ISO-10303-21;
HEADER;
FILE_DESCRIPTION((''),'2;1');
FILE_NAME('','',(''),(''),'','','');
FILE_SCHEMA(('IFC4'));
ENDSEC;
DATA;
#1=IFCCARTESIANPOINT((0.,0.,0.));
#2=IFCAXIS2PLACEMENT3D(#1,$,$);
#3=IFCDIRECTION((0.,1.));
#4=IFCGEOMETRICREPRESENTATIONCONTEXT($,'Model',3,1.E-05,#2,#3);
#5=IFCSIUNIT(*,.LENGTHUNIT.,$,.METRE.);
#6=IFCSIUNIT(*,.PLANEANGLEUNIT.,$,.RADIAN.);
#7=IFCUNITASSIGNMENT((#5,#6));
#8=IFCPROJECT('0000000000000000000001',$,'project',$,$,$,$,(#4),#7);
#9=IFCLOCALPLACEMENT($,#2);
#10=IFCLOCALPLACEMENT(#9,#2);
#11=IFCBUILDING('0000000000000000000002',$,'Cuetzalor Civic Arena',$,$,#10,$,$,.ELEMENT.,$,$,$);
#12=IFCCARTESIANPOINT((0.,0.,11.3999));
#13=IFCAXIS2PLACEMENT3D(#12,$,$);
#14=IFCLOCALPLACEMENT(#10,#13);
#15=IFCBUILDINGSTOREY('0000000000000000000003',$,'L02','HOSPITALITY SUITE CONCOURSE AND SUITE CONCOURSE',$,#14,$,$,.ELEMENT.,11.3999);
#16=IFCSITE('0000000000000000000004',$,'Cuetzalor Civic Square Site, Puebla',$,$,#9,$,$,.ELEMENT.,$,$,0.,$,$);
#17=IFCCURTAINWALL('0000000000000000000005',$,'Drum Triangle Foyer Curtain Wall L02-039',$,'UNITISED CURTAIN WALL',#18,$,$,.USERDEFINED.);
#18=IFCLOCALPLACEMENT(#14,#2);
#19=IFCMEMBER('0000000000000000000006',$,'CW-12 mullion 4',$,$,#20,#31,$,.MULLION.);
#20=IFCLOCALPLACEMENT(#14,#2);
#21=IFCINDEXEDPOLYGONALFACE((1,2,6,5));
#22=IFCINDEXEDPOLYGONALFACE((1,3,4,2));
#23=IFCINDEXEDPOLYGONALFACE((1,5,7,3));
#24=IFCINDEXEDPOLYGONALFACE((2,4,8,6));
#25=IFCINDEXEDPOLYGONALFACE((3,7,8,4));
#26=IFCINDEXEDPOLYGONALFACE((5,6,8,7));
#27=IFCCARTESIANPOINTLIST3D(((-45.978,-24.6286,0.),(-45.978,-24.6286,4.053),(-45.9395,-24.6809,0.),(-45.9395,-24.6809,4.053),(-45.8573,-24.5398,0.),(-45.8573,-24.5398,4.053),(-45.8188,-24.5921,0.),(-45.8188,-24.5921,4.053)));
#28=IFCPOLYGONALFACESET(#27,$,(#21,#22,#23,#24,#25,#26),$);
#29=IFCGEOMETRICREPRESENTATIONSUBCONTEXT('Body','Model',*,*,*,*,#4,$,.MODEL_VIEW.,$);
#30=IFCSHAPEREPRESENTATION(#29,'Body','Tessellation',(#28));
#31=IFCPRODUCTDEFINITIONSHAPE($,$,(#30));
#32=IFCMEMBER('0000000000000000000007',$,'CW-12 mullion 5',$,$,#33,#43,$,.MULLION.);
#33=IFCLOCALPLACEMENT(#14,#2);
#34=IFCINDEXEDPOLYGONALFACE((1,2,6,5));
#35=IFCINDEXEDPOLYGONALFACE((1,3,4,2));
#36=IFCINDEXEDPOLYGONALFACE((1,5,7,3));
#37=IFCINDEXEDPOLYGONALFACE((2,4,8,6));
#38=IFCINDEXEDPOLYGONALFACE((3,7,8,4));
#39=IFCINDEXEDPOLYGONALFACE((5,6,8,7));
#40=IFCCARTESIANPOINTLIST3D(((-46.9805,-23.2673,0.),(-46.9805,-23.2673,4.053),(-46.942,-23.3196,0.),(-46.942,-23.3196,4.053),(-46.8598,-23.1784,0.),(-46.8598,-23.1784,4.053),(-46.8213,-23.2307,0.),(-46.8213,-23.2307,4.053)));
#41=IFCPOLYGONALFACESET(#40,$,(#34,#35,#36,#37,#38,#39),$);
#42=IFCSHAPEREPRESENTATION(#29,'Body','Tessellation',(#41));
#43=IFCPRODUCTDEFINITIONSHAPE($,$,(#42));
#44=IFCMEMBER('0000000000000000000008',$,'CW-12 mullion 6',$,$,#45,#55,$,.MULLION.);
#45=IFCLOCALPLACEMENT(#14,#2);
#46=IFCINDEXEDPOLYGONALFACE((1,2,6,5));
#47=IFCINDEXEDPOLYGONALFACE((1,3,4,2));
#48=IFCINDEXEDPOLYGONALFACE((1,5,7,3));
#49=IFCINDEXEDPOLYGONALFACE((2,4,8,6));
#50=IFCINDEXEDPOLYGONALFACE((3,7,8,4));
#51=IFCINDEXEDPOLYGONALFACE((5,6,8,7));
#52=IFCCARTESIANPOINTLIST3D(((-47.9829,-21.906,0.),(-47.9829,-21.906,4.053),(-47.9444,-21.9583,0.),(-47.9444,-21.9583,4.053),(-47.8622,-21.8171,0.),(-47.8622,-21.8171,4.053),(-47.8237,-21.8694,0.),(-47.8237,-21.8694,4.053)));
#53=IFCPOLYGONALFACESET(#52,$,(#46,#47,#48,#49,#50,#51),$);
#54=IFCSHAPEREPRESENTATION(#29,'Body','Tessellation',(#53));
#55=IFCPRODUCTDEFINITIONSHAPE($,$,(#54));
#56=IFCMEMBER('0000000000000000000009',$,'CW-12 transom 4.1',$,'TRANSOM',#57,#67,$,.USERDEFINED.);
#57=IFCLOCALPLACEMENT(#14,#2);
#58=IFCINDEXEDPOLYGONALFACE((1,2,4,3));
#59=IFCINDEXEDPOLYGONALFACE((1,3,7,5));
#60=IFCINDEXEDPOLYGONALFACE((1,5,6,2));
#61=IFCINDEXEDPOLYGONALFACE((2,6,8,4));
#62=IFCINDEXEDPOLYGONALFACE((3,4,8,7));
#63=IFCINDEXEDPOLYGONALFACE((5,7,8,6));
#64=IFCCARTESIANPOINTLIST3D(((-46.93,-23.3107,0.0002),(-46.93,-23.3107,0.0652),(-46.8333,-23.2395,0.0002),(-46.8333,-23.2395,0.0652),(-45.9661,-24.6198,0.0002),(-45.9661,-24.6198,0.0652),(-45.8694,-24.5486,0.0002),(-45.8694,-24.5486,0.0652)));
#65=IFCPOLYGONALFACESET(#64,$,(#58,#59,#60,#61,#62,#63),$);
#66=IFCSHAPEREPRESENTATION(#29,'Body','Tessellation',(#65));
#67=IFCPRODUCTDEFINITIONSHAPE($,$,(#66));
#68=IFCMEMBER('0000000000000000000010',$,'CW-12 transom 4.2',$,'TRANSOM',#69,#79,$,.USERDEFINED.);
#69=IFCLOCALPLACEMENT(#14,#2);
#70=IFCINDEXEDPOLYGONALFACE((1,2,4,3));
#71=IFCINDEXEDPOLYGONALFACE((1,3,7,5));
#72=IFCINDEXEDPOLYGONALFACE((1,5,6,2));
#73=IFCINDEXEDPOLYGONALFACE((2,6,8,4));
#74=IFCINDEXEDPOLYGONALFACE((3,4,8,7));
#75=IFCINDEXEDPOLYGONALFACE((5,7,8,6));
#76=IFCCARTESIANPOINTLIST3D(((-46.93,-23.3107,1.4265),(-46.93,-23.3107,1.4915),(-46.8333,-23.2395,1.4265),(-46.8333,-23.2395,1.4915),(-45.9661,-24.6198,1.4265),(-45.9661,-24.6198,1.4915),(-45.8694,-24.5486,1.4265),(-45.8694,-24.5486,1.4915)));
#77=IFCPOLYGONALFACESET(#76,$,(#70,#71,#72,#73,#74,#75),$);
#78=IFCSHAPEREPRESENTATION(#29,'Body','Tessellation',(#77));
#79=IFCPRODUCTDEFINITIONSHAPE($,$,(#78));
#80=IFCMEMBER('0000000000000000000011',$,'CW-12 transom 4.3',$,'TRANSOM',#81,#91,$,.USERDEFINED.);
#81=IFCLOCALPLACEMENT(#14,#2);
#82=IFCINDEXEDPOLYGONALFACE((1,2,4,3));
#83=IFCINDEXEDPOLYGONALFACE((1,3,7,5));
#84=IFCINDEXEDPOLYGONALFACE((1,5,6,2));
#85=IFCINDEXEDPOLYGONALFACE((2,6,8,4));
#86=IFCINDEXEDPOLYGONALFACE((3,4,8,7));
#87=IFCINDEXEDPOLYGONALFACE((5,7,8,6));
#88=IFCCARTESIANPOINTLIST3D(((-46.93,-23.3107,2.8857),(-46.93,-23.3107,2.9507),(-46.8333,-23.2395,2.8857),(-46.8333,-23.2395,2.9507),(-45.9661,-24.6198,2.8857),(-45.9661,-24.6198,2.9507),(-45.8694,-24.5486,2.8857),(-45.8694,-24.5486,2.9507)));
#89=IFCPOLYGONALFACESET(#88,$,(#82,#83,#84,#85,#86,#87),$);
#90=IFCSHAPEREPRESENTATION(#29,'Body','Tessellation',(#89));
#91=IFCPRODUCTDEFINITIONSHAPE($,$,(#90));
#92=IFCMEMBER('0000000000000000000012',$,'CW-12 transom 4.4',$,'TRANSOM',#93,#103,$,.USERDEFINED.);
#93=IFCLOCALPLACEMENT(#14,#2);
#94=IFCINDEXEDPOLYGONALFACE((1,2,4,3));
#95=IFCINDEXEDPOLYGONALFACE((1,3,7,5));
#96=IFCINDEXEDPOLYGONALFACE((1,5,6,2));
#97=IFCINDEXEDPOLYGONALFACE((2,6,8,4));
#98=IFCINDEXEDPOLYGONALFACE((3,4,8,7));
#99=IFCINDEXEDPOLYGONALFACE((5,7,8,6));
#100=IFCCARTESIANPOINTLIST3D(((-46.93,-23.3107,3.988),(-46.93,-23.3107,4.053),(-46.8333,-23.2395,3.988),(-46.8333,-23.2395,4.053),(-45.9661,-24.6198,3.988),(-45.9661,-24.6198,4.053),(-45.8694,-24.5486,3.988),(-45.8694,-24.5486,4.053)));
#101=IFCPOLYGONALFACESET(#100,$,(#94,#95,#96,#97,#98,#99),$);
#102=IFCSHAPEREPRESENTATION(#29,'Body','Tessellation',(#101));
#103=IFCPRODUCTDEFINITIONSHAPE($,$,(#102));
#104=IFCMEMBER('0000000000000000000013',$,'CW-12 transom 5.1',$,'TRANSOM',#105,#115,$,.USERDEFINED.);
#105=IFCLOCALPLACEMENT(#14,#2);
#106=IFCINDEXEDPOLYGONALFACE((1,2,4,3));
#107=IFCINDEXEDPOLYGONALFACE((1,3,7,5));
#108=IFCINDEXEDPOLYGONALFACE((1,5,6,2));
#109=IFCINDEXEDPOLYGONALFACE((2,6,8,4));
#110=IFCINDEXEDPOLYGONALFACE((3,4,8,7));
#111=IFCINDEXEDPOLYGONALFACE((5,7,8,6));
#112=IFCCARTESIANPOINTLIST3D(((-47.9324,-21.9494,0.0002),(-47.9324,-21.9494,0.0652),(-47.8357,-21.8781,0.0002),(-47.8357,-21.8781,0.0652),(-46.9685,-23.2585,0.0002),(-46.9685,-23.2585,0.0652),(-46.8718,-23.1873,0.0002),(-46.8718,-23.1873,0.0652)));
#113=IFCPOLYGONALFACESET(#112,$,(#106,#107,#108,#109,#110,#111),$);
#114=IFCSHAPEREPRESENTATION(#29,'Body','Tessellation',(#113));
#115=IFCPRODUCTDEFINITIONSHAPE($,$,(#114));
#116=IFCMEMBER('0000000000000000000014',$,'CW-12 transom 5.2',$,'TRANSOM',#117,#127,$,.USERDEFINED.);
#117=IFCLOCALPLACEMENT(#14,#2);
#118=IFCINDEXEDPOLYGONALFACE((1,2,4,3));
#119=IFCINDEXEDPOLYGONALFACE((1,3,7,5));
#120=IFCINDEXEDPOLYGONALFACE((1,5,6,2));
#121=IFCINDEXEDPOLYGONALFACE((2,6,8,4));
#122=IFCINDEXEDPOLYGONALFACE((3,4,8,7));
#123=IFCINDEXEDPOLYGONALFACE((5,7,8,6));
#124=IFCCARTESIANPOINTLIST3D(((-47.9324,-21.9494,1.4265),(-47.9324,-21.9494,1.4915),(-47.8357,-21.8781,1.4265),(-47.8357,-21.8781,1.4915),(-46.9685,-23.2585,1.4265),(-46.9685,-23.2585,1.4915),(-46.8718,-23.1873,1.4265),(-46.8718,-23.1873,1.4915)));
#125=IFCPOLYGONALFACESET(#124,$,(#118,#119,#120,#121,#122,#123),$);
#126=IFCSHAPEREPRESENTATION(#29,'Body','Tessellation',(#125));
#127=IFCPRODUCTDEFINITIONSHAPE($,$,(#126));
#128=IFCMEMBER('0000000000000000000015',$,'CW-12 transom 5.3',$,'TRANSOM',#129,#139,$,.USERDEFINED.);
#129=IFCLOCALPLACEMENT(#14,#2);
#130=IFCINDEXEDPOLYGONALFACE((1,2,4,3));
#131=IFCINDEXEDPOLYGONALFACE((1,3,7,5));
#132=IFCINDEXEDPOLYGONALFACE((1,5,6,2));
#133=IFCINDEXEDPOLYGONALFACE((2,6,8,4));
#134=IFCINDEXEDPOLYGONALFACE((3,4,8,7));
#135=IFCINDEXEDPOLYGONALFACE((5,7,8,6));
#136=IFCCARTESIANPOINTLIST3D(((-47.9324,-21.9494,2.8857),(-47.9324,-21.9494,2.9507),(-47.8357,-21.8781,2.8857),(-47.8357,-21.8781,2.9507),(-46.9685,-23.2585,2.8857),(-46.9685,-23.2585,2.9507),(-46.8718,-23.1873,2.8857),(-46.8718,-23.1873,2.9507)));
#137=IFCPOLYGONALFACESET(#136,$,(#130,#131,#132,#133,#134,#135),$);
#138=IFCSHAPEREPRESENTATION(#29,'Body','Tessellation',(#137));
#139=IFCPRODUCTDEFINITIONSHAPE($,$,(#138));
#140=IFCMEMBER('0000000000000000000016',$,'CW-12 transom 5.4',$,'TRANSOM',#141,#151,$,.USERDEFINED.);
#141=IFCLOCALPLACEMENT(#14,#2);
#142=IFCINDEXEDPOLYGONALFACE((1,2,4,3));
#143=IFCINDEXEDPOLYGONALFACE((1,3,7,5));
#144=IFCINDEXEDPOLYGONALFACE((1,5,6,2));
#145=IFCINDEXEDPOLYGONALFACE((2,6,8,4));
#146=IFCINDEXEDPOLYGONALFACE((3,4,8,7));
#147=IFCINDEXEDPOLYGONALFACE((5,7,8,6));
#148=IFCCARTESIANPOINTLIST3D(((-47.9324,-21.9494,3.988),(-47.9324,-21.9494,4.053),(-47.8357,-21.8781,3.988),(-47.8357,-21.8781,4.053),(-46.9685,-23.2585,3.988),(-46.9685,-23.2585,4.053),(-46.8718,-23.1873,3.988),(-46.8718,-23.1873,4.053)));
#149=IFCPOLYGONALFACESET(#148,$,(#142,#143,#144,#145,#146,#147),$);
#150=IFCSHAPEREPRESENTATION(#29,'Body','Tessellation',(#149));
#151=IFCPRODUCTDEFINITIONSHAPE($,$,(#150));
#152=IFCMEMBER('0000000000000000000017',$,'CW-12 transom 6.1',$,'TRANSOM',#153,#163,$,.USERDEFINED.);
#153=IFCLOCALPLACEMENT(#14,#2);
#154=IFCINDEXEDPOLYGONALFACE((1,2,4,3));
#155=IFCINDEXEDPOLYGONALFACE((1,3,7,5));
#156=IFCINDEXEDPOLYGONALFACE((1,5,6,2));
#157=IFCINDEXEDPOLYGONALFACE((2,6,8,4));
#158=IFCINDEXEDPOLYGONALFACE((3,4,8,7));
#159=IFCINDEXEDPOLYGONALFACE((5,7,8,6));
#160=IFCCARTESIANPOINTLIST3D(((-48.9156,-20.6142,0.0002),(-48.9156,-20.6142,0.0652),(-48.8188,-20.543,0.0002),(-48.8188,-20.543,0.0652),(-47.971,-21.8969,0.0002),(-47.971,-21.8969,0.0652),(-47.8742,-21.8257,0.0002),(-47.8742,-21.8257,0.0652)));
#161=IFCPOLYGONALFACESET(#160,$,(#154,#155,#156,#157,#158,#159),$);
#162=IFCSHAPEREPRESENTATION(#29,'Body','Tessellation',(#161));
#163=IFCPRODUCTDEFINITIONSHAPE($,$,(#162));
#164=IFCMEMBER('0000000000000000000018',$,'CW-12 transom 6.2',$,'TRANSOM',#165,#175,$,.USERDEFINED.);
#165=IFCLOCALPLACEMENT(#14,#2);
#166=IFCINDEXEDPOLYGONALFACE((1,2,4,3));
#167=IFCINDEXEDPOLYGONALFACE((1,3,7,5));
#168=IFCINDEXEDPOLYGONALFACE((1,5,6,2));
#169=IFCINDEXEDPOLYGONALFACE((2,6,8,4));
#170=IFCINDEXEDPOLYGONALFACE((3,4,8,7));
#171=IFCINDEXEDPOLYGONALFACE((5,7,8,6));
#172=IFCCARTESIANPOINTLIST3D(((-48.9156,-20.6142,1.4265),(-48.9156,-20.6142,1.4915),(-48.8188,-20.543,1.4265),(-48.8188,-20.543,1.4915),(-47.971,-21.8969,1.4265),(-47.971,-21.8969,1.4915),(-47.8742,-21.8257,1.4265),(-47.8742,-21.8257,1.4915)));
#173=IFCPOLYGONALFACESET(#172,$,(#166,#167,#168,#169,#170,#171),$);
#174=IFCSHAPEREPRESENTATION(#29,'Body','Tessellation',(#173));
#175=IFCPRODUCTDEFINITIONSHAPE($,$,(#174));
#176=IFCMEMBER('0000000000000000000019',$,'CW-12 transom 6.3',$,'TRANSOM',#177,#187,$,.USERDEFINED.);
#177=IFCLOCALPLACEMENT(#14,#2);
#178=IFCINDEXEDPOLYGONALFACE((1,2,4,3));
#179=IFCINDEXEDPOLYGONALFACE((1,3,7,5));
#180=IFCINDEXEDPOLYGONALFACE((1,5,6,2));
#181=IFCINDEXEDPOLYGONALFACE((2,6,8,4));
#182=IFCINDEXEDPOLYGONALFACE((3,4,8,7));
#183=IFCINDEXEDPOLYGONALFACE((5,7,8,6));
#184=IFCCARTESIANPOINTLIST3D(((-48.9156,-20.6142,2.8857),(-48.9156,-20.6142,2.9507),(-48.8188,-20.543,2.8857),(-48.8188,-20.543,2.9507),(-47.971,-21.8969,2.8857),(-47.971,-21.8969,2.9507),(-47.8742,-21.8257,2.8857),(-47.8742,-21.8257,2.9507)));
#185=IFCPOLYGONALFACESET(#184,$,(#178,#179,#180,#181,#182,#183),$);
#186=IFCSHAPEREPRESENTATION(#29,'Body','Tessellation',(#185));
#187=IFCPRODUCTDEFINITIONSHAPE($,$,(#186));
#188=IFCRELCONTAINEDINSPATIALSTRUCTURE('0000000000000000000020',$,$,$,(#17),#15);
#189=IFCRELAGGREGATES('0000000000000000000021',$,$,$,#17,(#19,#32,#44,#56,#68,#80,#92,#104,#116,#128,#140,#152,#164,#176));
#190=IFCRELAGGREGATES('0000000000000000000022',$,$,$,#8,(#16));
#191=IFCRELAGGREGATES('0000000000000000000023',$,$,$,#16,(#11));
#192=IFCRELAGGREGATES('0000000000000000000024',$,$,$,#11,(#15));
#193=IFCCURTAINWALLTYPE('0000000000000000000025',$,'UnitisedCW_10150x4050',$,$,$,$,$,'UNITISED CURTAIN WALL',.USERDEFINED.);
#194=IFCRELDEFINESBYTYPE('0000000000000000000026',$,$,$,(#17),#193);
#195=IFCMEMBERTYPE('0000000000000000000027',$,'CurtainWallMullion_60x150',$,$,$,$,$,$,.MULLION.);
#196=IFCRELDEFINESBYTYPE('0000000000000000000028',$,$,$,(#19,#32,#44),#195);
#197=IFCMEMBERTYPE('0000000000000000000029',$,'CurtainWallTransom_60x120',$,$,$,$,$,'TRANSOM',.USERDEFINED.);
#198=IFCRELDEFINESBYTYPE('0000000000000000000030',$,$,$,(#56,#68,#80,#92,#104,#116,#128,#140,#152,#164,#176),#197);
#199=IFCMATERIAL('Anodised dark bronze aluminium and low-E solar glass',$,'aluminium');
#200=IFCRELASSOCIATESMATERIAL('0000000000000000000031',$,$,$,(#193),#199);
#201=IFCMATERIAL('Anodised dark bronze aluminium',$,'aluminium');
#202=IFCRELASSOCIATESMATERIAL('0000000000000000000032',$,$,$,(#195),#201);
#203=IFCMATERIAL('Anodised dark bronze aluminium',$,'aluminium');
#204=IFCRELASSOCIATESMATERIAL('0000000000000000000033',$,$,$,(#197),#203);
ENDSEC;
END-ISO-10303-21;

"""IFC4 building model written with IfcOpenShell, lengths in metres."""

from ifc_helpers import new_model, si_unit, direction, frame, origin, origin_2d, place, context, subcontext, project, spatial, rectangle, extrude, material, material_profile, profile_set, type_object, element, aggregate, save


model = new_model("IFC4")

# Units and contexts
model_context = context("Model", 3, precision=1e-05, world=origin(), true_north=direction((0.0, 1.0)))
body_context = subcontext(model_context, "Body", "Model", "MODEL_VIEW")
ifc_project = project(units=[si_unit("LENGTHUNIT", "METRE"), si_unit("PLANEANGLEUNIT", "RADIAN")], contexts=[model_context])

# Site, building, storey
site_placement = place(None, origin())
site = spatial("IfcSite", under=ifc_project, at=site_placement, Name="Cuetzalor Civic Square Site, Puebla", CompositionType="ELEMENT", RefElevation=0.0)
building_placement = place(site_placement, origin())
building = spatial("IfcBuilding", under=site, at=building_placement, Name="Cuetzalor Civic Arena", CompositionType="ELEMENT")
storey_placement = place(building_placement, frame((0.0, 0.0, 11.3999)))
storey = spatial("IfcBuildingStorey", under=building, at=storey_placement, Name="L02", Description="HOSPITALITY SUITE CONCOURSE AND SUITE CONCOURSE", CompositionType="ELEMENT", Elevation=11.3999)

# Curtain wall, members
ifc_material_1 = material(Name="Anodised dark bronze aluminium and low-E solar glass", Category="aluminium")
curtain_wall_type = type_object("IfcCurtainWallType", Name="UnitisedCW_10150x4050", ElementType="UNITISED CURTAIN WALL", PredefinedType="USERDEFINED", material=ifc_material_1)
curtain_wall_placement = place(storey_placement, origin())
curtain_wall = element("IfcCurtainWall", 1, at=curtain_wall_placement, inside=storey, type_object=curtain_wall_type, Name="Drum Triangle Foyer Curtain Wall L02-039", ObjectType="UNITISED CURTAIN WALL", PredefinedType="USERDEFINED")
ifc_material_2 = material(Name="Anodised dark bronze aluminium", Category="aluminium")
ifc_material_profile_1 = material_profile(ifc_material_2, rectangle(XDim=0.0649, YDim=0.1499, at=origin_2d()), Name="ALU MULLION 65x150")
ifc_profile_set_1 = profile_set([ifc_material_profile_1], Name="Anodised dark bronze aluminium")
member_type_1 = type_object("IfcMemberType", Name="CurtainWallMullion_60x150", PredefinedType="MULLION", material=ifc_profile_set_1)
member_1_placement = place(storey_placement, frame((-45.8984, -24.6104, 0.0), z_axis=(0.0, 0.0, 1.0), x_axis=(-0.592929, 0.805255, 0.0)))
member_1 = element("IfcMember", 2, at=member_1_placement, type_object=member_type_1, Name="CW-12 mullion 4", PredefinedType="MULLION", context=body_context, shape_type="SweptSolid", body=[
    extrude(rectangle(XDim=0.0649, YDim=0.1499, at=origin_2d()), origin(), (0.0, 0.0, 1.0), 4.053),
])
member_2_placement = place(storey_placement, frame((-46.9009, -23.249, 0.0), z_axis=(0.0, 0.0, 1.0), x_axis=(-0.592929, 0.805255, 0.0)))
member_2 = element("IfcMember", 3, at=member_2_placement, type_object=member_type_1, Name="CW-12 mullion 5", PredefinedType="MULLION", context=body_context, shape_type="SweptSolid", body=[
    extrude(rectangle(XDim=0.0649, YDim=0.1499, at=origin_2d()), origin(), (0.0, 0.0, 1.0), 4.053),
])
member_3_placement = place(storey_placement, frame((-47.9033, -21.8877, 0.0), z_axis=(0.0, 0.0, 1.0), x_axis=(-0.592929, 0.805255, 0.0)))
member_3 = element("IfcMember", 4, at=member_3_placement, type_object=member_type_1, Name="CW-12 mullion 6", PredefinedType="MULLION", context=body_context, shape_type="SweptSolid", body=[
    extrude(rectangle(XDim=0.0649, YDim=0.1499, at=origin_2d()), origin(), (0.0, 0.0, 1.0), 4.053),
])
ifc_material_3 = material(Name="Anodised dark bronze aluminium", Category="aluminium")
ifc_material_profile_2 = material_profile(ifc_material_3, rectangle(XDim=0.1201, YDim=0.0649, at=origin_2d()), Name="ALU TRANSOM 65x120")
ifc_profile_set_2 = profile_set([ifc_material_profile_2], Name="Anodised dark bronze aluminium")
member_type_2 = type_object("IfcMemberType", Name="CurtainWallTransom_60x120", ElementType="TRANSOM", PredefinedType="USERDEFINED", material=ifc_profile_set_2)
member_4_placement = place(storey_placement, frame((-45.9177, -24.5842, 0.0327), z_axis=(-0.592912, 0.805267, 0.0), x_axis=(-0.805267, -0.592912, 0.0)))
member_4 = element("IfcMember", 5, at=member_4_placement, type_object=member_type_2, Name="CW-12 transom 4.1", ObjectType="TRANSOM", PredefinedType="USERDEFINED", context=body_context, shape_type="SweptSolid", body=[
    extrude(rectangle(XDim=0.1201, YDim=0.0649, at=origin_2d()), origin(), (0.0, 0.0, 1.0), 1.6257),
])
member_5_placement = place(storey_placement, frame((-45.9177, -24.5842, 1.459), z_axis=(-0.592912, 0.805267, 0.0), x_axis=(-0.805267, -0.592912, 0.0)))
member_5 = element("IfcMember", 6, at=member_5_placement, type_object=member_type_2, Name="CW-12 transom 4.2", ObjectType="TRANSOM", PredefinedType="USERDEFINED", context=body_context, shape_type="SweptSolid", body=[
    extrude(rectangle(XDim=0.1201, YDim=0.0649, at=origin_2d()), origin(), (0.0, 0.0, 1.0), 1.6257),
])
member_6_placement = place(storey_placement, frame((-45.9177, -24.5842, 2.9182), z_axis=(-0.592912, 0.805267, 0.0), x_axis=(-0.805267, -0.592912, 0.0)))
member_6 = element("IfcMember", 7, at=member_6_placement, type_object=member_type_2, Name="CW-12 transom 4.3", ObjectType="TRANSOM", PredefinedType="USERDEFINED", context=body_context, shape_type="SweptSolid", body=[
    extrude(rectangle(XDim=0.1201, YDim=0.0649, at=origin_2d()), origin(), (0.0, 0.0, 1.0), 1.6257),
])
member_7_placement = place(storey_placement, frame((-45.9177, -24.5842, 4.0205), z_axis=(-0.592912, 0.805267, 0.0), x_axis=(-0.805267, -0.592912, 0.0)))
member_7 = element("IfcMember", 8, at=member_7_placement, type_object=member_type_2, Name="CW-12 transom 4.4", ObjectType="TRANSOM", PredefinedType="USERDEFINED", context=body_context, shape_type="SweptSolid", body=[
    extrude(rectangle(XDim=0.1201, YDim=0.0649, at=origin_2d()), origin(), (0.0, 0.0, 1.0), 1.6257),
])
member_8_placement = place(storey_placement, frame((-46.9202, -23.2229, 0.0327), z_axis=(-0.592912, 0.805267, 0.0), x_axis=(-0.805267, -0.592912, 0.0)))
member_8 = element("IfcMember", 9, at=member_8_placement, type_object=member_type_2, Name="CW-12 transom 5.1", ObjectType="TRANSOM", PredefinedType="USERDEFINED", context=body_context, shape_type="SweptSolid", body=[
    extrude(rectangle(XDim=0.1201, YDim=0.0649, at=origin_2d()), origin(), (0.0, 0.0, 1.0), 1.6257),
])
member_9_placement = place(storey_placement, frame((-46.9202, -23.2229, 1.459), z_axis=(-0.592912, 0.805267, 0.0), x_axis=(-0.805267, -0.592912, 0.0)))
member_9 = element("IfcMember", 10, at=member_9_placement, type_object=member_type_2, Name="CW-12 transom 5.2", ObjectType="TRANSOM", PredefinedType="USERDEFINED", context=body_context, shape_type="SweptSolid", body=[
    extrude(rectangle(XDim=0.1201, YDim=0.0649, at=origin_2d()), origin(), (0.0, 0.0, 1.0), 1.6257),
])
member_10_placement = place(storey_placement, frame((-46.9202, -23.2229, 2.9182), z_axis=(-0.592912, 0.805267, 0.0), x_axis=(-0.805267, -0.592912, 0.0)))
member_10 = element("IfcMember", 11, at=member_10_placement, type_object=member_type_2, Name="CW-12 transom 5.3", ObjectType="TRANSOM", PredefinedType="USERDEFINED", context=body_context, shape_type="SweptSolid", body=[
    extrude(rectangle(XDim=0.1201, YDim=0.0649, at=origin_2d()), origin(), (0.0, 0.0, 1.0), 1.6257),
])
member_11_placement = place(storey_placement, frame((-46.9202, -23.2229, 4.0205), z_axis=(-0.592912, 0.805267, 0.0), x_axis=(-0.805267, -0.592912, 0.0)))
member_11 = element("IfcMember", 12, at=member_11_placement, type_object=member_type_2, Name="CW-12 transom 5.4", ObjectType="TRANSOM", PredefinedType="USERDEFINED", context=body_context, shape_type="SweptSolid", body=[
    extrude(rectangle(XDim=0.1201, YDim=0.0649, at=origin_2d()), origin(), (0.0, 0.0, 1.0), 1.6257),
])
member_12_placement = place(storey_placement, frame((-47.9226, -21.8613, 0.0327), z_axis=(-0.592964, 0.805229, 0.0), x_axis=(-0.805229, -0.592964, 0.0)))
member_12 = element("IfcMember", 13, at=member_12_placement, type_object=member_type_2, Name="CW-12 transom 6.1", ObjectType="TRANSOM", PredefinedType="USERDEFINED", context=body_context, shape_type="SweptSolid", body=[
    extrude(rectangle(XDim=0.1201, YDim=0.0649, at=origin_2d()), origin(), (0.0, 0.0, 1.0), 1.593),
])
member_13_placement = place(storey_placement, frame((-47.9226, -21.8613, 1.459), z_axis=(-0.592964, 0.805229, 0.0), x_axis=(-0.805229, -0.592964, 0.0)))
member_13 = element("IfcMember", 14, at=member_13_placement, type_object=member_type_2, Name="CW-12 transom 6.2", ObjectType="TRANSOM", PredefinedType="USERDEFINED", context=body_context, shape_type="SweptSolid", body=[
    extrude(rectangle(XDim=0.1201, YDim=0.0649, at=origin_2d()), origin(), (0.0, 0.0, 1.0), 1.593),
])
member_14_placement = place(storey_placement, frame((-47.9226, -21.8613, 2.9182), z_axis=(-0.592964, 0.805229, 0.0), x_axis=(-0.805229, -0.592964, 0.0)))
member_14 = element("IfcMember", 15, at=member_14_placement, type_object=member_type_2, Name="CW-12 transom 6.3", ObjectType="TRANSOM", PredefinedType="USERDEFINED", context=body_context, shape_type="SweptSolid", body=[
    extrude(rectangle(XDim=0.1201, YDim=0.0649, at=origin_2d()), origin(), (0.0, 0.0, 1.0), 1.593),
])
aggregate(curtain_wall, [member_1, member_2, member_3, member_4, member_5, member_6, member_7, member_8, member_9, member_10, member_11, member_12, member_13, member_14])

save(model, "model.ifc")
